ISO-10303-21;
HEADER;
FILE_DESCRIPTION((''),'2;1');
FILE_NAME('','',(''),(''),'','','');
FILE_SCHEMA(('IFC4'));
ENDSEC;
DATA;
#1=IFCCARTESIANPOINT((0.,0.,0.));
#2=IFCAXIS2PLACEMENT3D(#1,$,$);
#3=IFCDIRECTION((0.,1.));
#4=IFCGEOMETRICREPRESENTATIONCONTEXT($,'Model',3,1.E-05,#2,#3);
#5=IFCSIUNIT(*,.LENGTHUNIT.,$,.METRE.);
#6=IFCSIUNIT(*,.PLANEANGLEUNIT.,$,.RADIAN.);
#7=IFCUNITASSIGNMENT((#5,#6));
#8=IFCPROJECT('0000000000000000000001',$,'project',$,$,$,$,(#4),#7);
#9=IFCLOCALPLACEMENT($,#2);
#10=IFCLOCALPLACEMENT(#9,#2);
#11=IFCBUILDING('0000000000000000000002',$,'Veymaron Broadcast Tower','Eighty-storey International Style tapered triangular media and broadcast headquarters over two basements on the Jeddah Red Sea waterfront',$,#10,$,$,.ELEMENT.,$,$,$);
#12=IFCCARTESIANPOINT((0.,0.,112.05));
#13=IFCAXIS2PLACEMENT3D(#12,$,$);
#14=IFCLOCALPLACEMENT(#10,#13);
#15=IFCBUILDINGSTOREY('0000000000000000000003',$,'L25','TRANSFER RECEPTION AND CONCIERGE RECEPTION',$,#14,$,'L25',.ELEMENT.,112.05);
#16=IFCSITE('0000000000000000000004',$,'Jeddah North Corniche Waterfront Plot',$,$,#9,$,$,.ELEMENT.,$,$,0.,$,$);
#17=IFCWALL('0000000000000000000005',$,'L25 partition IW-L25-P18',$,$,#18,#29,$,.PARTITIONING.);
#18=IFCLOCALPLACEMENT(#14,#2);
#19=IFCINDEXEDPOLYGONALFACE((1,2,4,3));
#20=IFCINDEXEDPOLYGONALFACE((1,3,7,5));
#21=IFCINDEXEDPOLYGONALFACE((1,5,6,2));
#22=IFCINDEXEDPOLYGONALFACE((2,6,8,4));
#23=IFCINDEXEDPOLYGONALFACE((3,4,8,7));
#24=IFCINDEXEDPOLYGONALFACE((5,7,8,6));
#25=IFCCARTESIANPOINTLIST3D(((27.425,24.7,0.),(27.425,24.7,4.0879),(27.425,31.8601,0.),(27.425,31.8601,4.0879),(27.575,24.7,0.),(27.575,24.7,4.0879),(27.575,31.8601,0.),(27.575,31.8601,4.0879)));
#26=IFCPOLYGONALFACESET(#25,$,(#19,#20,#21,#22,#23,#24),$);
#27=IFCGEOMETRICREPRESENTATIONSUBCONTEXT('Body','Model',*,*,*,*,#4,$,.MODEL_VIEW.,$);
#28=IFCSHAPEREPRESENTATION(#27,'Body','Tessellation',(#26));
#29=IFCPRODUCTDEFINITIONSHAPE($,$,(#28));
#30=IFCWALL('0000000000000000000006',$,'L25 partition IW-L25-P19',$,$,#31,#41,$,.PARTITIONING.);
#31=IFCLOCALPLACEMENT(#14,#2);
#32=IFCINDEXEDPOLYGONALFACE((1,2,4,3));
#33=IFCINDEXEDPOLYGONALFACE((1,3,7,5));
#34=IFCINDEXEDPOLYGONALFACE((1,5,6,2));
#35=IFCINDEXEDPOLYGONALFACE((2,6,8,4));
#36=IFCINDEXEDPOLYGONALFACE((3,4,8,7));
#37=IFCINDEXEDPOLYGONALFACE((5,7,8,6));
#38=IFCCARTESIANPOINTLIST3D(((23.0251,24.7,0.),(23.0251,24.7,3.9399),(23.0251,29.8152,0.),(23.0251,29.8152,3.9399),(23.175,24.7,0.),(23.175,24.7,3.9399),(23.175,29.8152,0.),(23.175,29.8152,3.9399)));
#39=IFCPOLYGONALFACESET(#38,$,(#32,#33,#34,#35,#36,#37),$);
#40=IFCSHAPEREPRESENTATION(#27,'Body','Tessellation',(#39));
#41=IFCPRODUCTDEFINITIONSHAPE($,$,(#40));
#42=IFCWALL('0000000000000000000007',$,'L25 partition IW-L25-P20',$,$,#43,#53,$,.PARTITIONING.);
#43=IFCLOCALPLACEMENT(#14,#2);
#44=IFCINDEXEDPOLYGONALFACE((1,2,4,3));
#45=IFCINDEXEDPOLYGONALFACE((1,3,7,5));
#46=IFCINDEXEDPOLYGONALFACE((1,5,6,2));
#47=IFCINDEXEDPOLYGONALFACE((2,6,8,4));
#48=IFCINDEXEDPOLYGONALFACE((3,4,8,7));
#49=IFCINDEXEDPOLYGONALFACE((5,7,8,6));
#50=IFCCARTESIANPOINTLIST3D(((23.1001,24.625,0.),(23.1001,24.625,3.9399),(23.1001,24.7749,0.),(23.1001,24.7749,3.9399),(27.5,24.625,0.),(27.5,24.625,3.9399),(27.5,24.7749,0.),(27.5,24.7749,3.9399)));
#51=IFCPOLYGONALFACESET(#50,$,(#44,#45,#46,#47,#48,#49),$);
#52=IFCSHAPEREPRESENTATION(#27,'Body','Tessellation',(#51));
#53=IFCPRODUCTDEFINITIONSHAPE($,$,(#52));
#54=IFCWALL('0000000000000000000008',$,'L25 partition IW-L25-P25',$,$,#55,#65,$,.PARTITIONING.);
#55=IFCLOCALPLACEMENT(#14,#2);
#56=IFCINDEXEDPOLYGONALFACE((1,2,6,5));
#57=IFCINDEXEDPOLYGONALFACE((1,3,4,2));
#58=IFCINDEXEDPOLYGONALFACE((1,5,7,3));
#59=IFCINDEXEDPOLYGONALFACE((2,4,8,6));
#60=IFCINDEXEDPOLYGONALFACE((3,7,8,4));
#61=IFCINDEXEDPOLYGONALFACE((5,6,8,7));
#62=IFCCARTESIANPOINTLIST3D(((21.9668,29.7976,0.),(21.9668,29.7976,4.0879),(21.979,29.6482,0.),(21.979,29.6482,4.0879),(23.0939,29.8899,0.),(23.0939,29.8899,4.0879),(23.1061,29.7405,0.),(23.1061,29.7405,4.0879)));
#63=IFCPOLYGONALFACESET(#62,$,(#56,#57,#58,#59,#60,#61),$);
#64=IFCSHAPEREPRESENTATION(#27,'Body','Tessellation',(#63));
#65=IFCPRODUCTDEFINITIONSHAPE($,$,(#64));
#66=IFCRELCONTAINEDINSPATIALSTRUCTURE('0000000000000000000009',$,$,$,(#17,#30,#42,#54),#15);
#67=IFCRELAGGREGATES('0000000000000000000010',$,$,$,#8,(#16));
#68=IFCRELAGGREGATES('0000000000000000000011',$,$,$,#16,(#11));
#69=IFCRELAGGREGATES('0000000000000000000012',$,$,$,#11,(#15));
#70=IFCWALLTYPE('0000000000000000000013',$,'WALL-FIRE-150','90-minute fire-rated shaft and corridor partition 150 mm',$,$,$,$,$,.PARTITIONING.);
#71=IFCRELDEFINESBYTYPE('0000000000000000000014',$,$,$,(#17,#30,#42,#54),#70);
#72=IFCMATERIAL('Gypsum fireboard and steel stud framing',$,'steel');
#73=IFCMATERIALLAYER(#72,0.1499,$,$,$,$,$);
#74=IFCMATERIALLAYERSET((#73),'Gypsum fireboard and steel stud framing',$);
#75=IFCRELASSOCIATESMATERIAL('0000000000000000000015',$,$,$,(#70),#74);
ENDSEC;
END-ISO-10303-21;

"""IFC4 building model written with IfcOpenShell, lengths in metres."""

from ifc_helpers import new_model, si_unit, direction, frame, frame_2d, origin, place, context, subcontext, project, spatial, rectangle, extrude, material, layer, layer_set, type_object, element, save


model = new_model("IFC4")

# Units and contexts
model_context = context("Model", 3, precision=1e-05, world=origin(), true_north=direction((0.0, 1.0)))
body_context = subcontext(model_context, "Body", "Model", "MODEL_VIEW")
ifc_project = project(units=[si_unit("LENGTHUNIT", "METRE"), si_unit("PLANEANGLEUNIT", "RADIAN")], contexts=[model_context])

# Site, building, storey
site_placement = place(None, origin())
site = spatial("IfcSite", under=ifc_project, at=site_placement, Name="Jeddah North Corniche Waterfront Plot", CompositionType="ELEMENT", RefElevation=0.0)
building_placement = place(site_placement, origin())
building = spatial("IfcBuilding", under=site, at=building_placement, Name="Veymaron Broadcast Tower", Description="Eighty-storey International Style tapered triangular media and broadcast headquarters over two basements on the Jeddah Red Sea waterfront", CompositionType="ELEMENT")
storey_placement = place(building_placement, frame((0.0, 0.0, 112.05)))
storey = spatial("IfcBuildingStorey", under=building, at=storey_placement, Name="L25", Description="TRANSFER RECEPTION AND CONCIERGE RECEPTION", LongName="L25", CompositionType="ELEMENT", Elevation=112.05)

# Shared definitions
ifc_material_1 = material(Name="Gypsum fireboard and steel stud framing", Category="steel")
ifc_layer_1 = layer(ifc_material_1, 0.1499)
ifc_layer_set_1 = layer_set([ifc_layer_1], Name="Gypsum fireboard and steel stud framing")
wall_type_1 = type_object("IfcWallType", Name="WALL-FIRE-150", Description="90-minute fire-rated shaft and corridor partition 150 mm", PredefinedType="PARTITIONING", material=ifc_layer_set_1)

# Walls
wall_1_placement = place(storey_placement, frame((27.5, 24.7, 0.0), z_axis=(0.0, 0.0, 1.0), x_axis=(0.0, 1.0, 0.0)))
element("IfcWall", 1, at=wall_1_placement, inside=storey, type_object=wall_type_1, Name="L25 partition IW-L25-P18", PredefinedType="PARTITIONING", context=body_context, shape_type="SweptSolid", body=[
    extrude(rectangle(XDim=7.1602, YDim=0.1499, at=frame_2d((3.5801, 0.0))), origin(), (0.0, 0.0, 1.0), 4.0879),
])
wall_2_placement = place(storey_placement, frame((23.1001, 24.7, 0.0), z_axis=(0.0, 0.0, 1.0), x_axis=(0.0, 1.0, 0.0)))
element("IfcWall", 2, at=wall_2_placement, inside=storey, type_object=wall_type_1, Name="L25 partition IW-L25-P19", PredefinedType="PARTITIONING", context=body_context, shape_type="SweptSolid", body=[
    extrude(rectangle(XDim=5.1152, YDim=0.1499, at=frame_2d((2.5576, 0.0))), origin(), (0.0, 0.0, 1.0), 3.9399),
])
wall_3_placement = place(storey_placement, frame((23.1001, 24.7, 0.0), z_axis=(0.0, 0.0, 1.0), x_axis=(1.0, 0.0, 0.0)))
element("IfcWall", 3, at=wall_3_placement, inside=storey, type_object=wall_type_1, Name="L25 partition IW-L25-P20", PredefinedType="PARTITIONING", context=body_context, shape_type="SweptSolid", body=[
    extrude(rectangle(XDim=4.3999, YDim=0.1499, at=frame_2d((2.2, 0.0))), origin(), (0.0, 0.0, 1.0), 3.9399),
])
wall_4_placement = place(storey_placement, frame((21.9729, 29.7229, 0.0), z_axis=(0.0, 0.0, 1.0), x_axis=(0.996665, 0.081598, 0.0)))
element("IfcWall", 4, at=wall_4_placement, inside=storey, type_object=wall_type_1, Name="L25 partition IW-L25-P25", PredefinedType="PARTITIONING", context=body_context, shape_type="SweptSolid", body=[
    extrude(rectangle(XDim=1.1309, YDim=0.1499, at=frame_2d((0.5654, 0.0))), origin(), (0.0, 0.0, 1.0), 4.0879),
])

save(model, "model.ifc")
